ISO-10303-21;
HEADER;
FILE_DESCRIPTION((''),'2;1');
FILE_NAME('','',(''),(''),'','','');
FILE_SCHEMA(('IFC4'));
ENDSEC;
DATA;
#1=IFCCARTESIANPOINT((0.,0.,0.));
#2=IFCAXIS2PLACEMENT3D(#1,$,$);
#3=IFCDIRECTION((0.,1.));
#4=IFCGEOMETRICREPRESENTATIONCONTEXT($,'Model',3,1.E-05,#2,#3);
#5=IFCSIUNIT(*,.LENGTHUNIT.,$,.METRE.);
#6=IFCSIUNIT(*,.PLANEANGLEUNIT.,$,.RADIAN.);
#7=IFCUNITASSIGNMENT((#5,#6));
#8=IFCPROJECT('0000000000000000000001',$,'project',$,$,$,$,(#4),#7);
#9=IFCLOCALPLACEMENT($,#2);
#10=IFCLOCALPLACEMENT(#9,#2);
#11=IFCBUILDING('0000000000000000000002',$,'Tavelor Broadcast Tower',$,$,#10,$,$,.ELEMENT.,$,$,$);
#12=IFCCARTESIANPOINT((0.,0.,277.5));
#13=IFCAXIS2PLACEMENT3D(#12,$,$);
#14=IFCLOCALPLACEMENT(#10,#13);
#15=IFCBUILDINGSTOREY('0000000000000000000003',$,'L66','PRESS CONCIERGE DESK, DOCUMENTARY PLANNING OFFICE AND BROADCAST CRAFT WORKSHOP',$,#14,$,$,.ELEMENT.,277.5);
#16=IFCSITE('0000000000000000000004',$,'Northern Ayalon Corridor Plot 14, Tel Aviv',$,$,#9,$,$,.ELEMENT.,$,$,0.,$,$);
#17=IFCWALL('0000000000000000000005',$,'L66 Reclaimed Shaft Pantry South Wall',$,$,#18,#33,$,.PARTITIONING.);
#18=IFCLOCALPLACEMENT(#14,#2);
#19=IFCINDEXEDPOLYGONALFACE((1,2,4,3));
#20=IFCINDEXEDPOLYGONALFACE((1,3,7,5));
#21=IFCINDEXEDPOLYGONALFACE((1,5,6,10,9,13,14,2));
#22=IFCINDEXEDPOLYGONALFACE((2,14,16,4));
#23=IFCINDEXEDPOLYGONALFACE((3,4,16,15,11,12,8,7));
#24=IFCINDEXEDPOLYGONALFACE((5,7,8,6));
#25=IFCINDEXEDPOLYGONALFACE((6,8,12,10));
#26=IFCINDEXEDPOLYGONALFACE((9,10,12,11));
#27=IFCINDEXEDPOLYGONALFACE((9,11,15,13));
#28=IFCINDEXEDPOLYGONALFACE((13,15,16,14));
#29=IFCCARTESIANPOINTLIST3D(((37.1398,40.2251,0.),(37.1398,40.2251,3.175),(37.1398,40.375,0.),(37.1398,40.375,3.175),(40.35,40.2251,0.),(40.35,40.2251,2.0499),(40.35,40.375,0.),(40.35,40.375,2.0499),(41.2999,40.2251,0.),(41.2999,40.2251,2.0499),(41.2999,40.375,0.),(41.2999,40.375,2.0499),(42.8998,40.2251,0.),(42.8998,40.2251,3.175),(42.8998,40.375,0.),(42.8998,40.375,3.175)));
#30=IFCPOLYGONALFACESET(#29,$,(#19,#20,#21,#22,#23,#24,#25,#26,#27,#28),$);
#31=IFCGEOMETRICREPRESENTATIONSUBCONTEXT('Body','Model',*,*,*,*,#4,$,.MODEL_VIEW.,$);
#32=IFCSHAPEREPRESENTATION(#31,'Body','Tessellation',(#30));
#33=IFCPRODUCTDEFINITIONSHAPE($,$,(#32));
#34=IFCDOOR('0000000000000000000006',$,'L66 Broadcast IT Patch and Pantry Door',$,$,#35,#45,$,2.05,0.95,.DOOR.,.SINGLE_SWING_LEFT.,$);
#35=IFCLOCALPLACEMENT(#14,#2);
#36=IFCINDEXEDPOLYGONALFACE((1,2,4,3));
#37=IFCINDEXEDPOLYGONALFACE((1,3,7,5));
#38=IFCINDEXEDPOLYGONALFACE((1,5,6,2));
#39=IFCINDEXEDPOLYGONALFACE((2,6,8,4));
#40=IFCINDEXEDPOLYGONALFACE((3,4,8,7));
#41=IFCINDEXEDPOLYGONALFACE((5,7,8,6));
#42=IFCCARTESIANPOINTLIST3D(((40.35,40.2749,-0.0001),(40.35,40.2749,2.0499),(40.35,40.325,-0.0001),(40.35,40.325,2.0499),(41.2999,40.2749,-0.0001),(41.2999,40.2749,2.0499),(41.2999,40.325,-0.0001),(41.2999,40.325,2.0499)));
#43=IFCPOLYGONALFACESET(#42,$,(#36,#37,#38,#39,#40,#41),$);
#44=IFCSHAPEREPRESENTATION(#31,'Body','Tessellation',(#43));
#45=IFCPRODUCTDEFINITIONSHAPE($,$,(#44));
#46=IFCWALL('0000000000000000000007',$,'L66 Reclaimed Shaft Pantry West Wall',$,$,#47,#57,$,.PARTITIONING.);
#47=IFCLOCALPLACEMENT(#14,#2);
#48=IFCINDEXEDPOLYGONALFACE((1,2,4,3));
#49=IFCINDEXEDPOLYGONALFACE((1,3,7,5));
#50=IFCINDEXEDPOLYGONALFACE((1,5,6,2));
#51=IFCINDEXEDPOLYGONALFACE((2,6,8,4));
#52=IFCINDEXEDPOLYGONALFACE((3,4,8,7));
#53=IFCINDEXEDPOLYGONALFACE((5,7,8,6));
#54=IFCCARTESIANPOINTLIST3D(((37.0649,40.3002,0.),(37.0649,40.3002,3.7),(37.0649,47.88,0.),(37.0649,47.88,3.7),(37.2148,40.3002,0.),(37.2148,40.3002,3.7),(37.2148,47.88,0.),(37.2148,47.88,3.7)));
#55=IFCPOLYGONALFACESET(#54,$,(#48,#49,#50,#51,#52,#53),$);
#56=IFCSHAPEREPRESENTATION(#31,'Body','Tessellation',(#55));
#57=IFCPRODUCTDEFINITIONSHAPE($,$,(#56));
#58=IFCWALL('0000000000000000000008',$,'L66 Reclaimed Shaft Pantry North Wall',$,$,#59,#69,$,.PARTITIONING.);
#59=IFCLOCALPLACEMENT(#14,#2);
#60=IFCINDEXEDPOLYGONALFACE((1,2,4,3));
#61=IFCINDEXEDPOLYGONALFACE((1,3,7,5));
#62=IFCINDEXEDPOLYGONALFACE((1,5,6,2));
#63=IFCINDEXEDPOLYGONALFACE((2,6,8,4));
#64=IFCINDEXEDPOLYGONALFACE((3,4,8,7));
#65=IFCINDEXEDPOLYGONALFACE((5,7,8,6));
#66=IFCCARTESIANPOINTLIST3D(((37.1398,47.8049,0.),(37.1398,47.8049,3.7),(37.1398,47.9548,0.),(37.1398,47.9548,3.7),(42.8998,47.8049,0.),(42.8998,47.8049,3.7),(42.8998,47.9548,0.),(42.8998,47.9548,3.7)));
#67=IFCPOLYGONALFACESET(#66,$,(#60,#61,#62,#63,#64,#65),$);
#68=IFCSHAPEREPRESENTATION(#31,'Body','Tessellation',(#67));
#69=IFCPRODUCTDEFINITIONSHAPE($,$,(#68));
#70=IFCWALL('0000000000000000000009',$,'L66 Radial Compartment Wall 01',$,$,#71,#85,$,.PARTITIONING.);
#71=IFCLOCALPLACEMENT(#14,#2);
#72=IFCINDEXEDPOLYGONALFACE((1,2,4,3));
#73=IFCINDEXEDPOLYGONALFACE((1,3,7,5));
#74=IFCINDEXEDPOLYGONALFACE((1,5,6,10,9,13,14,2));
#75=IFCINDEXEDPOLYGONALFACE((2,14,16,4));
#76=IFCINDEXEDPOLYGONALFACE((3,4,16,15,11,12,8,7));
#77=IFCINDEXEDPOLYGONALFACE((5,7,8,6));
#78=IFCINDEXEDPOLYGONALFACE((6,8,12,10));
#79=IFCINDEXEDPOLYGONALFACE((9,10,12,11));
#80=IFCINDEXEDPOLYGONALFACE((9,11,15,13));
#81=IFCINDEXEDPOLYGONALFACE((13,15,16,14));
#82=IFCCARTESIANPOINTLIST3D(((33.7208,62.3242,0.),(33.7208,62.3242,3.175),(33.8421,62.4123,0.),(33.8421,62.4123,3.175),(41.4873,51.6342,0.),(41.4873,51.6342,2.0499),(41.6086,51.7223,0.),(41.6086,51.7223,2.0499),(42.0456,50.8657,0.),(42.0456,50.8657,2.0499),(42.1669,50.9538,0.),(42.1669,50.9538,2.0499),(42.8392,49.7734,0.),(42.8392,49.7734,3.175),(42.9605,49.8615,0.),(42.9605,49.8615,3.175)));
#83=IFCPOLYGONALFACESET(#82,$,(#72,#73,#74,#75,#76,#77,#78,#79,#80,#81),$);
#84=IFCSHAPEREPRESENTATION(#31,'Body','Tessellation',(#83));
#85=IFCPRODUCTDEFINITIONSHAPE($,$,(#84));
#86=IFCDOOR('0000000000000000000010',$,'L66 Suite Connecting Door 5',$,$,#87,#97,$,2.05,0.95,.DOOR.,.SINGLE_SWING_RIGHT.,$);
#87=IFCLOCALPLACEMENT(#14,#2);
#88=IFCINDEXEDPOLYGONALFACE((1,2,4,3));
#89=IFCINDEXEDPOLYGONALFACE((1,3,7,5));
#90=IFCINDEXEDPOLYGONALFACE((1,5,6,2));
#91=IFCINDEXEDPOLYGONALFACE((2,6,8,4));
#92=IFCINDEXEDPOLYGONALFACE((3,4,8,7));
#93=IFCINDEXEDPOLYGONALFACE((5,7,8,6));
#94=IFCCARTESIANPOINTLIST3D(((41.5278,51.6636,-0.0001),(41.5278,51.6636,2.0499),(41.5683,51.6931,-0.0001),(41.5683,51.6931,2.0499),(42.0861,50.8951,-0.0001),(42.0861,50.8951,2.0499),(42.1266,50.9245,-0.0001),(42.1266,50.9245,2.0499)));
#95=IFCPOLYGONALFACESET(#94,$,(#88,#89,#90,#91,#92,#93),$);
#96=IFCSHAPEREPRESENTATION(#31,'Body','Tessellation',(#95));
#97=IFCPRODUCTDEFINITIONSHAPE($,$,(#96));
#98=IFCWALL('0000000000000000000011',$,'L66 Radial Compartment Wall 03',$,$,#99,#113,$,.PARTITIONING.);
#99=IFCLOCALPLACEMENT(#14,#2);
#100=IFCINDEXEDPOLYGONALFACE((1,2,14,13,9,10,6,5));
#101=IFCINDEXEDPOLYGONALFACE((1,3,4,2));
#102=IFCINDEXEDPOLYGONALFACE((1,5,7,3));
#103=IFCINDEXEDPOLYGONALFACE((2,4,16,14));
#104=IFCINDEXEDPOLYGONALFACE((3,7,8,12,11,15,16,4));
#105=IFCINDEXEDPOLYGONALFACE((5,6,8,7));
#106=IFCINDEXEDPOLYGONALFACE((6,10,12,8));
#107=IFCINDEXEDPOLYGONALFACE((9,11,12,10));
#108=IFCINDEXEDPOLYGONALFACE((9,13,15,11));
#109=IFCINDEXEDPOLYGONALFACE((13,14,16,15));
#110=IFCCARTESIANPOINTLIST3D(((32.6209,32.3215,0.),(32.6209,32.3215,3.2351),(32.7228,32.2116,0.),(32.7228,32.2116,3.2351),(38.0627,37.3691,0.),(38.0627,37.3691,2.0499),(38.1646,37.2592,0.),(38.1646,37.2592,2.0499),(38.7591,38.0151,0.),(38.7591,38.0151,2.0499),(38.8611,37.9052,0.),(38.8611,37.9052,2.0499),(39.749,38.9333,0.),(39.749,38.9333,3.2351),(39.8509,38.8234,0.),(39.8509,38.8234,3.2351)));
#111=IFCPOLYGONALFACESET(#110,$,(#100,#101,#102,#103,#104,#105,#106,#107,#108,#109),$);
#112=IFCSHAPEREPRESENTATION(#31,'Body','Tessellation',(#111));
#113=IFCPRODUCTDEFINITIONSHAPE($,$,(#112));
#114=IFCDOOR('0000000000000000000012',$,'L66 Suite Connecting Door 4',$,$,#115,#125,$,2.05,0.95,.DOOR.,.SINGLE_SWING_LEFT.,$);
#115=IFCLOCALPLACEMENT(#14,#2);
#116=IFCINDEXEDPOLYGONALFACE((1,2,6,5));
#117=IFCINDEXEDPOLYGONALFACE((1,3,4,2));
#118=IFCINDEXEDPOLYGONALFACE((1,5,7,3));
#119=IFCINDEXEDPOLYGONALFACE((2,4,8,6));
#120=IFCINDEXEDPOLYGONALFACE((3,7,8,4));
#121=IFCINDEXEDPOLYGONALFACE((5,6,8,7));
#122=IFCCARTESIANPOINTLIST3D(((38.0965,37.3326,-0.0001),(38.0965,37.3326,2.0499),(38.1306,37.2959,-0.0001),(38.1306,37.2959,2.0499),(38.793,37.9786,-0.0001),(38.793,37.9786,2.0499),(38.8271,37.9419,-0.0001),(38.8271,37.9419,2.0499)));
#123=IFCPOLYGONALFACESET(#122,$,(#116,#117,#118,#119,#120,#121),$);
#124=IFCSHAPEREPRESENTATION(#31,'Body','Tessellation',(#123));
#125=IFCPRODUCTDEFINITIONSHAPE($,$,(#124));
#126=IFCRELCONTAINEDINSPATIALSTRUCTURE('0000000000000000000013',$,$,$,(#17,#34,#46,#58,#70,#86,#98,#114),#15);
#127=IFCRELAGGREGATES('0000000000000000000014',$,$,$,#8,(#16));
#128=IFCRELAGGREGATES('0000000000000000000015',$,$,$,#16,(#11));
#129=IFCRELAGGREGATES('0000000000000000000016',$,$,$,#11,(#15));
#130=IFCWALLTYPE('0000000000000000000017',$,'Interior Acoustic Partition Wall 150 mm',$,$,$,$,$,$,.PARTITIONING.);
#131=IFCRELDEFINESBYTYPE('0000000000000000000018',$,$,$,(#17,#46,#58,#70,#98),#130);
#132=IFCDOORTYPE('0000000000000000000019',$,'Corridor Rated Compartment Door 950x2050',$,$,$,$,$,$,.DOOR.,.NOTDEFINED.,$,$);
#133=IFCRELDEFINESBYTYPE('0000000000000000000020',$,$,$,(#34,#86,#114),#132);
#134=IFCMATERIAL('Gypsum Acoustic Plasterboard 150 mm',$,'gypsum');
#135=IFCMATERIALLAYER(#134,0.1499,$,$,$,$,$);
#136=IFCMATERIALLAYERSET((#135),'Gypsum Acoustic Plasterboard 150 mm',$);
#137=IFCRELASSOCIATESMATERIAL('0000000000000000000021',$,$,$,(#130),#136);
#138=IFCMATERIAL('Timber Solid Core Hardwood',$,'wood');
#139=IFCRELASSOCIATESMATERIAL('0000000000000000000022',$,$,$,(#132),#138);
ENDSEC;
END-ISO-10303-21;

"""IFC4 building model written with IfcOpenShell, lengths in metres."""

from ifc_helpers import new_model, si_unit, direction, frame, frame_2d, origin, place, context, subcontext, project, spatial, rectangle, extrude, material, layer, layer_set, type_object, element, fill, save


model = new_model("IFC4")

# Units and contexts
model_context = context("Model", 3, precision=1e-05, world=origin(), true_north=direction((0.0, 1.0)))
body_context = subcontext(model_context, "Body", "Model", "MODEL_VIEW")
ifc_project = project(units=[si_unit("LENGTHUNIT", "METRE"), si_unit("PLANEANGLEUNIT", "RADIAN")], contexts=[model_context])

# Site, building, storey
site_placement = place(None, origin())
site = spatial("IfcSite", under=ifc_project, at=site_placement, Name="Northern Ayalon Corridor Plot 14, Tel Aviv", CompositionType="ELEMENT", RefElevation=0.0)
building_placement = place(site_placement, origin())
building = spatial("IfcBuilding", under=site, at=building_placement, Name="Tavelor Broadcast Tower", CompositionType="ELEMENT")
storey_placement = place(building_placement, frame((0.0, 0.0, 277.5)))
storey = spatial("IfcBuildingStorey", under=building, at=storey_placement, Name="L66", Description="PRESS CONCIERGE DESK, DOCUMENTARY PLANNING OFFICE AND BROADCAST CRAFT WORKSHOP", CompositionType="ELEMENT", Elevation=277.5)

# Shared definitions
ifc_material_1 = material(Name="Gypsum Acoustic Plasterboard 150 mm", Category="gypsum")
ifc_layer_1 = layer(ifc_material_1, 0.1499)
ifc_layer_set_1 = layer_set([ifc_layer_1], Name="Gypsum Acoustic Plasterboard 150 mm")
wall_type_1 = type_object("IfcWallType", Name="Interior Acoustic Partition Wall 150 mm", PredefinedType="PARTITIONING", material=ifc_layer_set_1)

# Wall, opening, door
wall_1_placement = place(storey_placement, frame((37.1399, 40.3, 0.0), z_axis=(0.0, 0.0, 1.0), x_axis=(1.0, 0.0, 0.0)))
wall_1 = element("IfcWall", 1, at=wall_1_placement, inside=storey, type_object=wall_type_1, Name="L66 Reclaimed Shaft Pantry South Wall", PredefinedType="PARTITIONING", context=body_context, shape_type="SweptSolid", body=[
    extrude(rectangle(XDim=5.76, YDim=0.1499, at=frame_2d((2.8799, 0.0))), origin(), (0.0, 0.0, 1.0), 3.175),
])
opening_1_placement = place(wall_1_placement, frame((3.21, 0.0, 0.0)))
opening_1 = element("IfcOpeningElement", 2, at=opening_1_placement, cuts=wall_1, PredefinedType="OPENING", context=body_context, shape_type="SweptSolid", body=[
    extrude(rectangle(XDim=0.95, YDim=2.05, at=frame_2d((0.4751, 1.0249))), frame((0.0, 0.085, 0.0), z_axis=(0.0, -1.0, 0.0), x_axis=(1.0, 0.0, 0.0)), (0.0, 0.0, 1.0), 0.1699),
])
ifc_material_2 = material(Name="Timber Solid Core Hardwood", Category="wood")
door_type_1 = type_object("IfcDoorType", Name="Corridor Rated Compartment Door 950x2050", OperationType="NOTDEFINED", PredefinedType="DOOR", material=ifc_material_2)
door_1_placement = place(opening_1_placement, origin())
door_1 = element("IfcDoor", 3, at=door_1_placement, inside=storey, type_object=door_type_1, Name="L66 Broadcast IT Patch and Pantry Door", OperationType="SINGLE_SWING_LEFT", OverallHeight=2.05, OverallWidth=0.95, PredefinedType="DOOR", context=body_context, shape_type="SweptSolid", body=[
    extrude(rectangle(XDim=0.95, YDim=2.05, at=frame_2d((0.4751, 1.0249))), frame((0.0, 0.0249, 0.0), z_axis=(0.0, -1.0, 0.0), x_axis=(1.0, 0.0, 0.0)), (0.0, 0.0, 1.0), 0.05),
])
fill(opening_1, door_1)

# Walls
wall_2_placement = place(storey_placement, frame((37.1399, 40.3, 0.0), z_axis=(0.0, 0.0, 1.0), x_axis=(0.0, 1.0, 0.0)))
element("IfcWall", 4, at=wall_2_placement, inside=storey, type_object=wall_type_1, Name="L66 Reclaimed Shaft Pantry West Wall", PredefinedType="PARTITIONING", context=body_context, shape_type="SweptSolid", body=[
    extrude(rectangle(XDim=7.5798, YDim=0.1499, at=frame_2d((3.79, 0.0))), origin(), (0.0, 0.0, 1.0), 3.7),
])
wall_3_placement = place(storey_placement, frame((37.1399, 47.8799, 0.0), z_axis=(0.0, 0.0, 1.0), x_axis=(1.0, 0.0, 0.0)))
element("IfcWall", 5, at=wall_3_placement, inside=storey, type_object=wall_type_1, Name="L66 Reclaimed Shaft Pantry North Wall", PredefinedType="PARTITIONING", context=body_context, shape_type="SweptSolid", body=[
    extrude(rectangle(XDim=5.76, YDim=0.1499, at=frame_2d((2.8799, 0.0))), origin(), (0.0, 0.0, 1.0), 3.7),
])

# Walls, openings, doors
wall_4_placement = place(storey_placement, frame((42.8999, 49.8174, 0.0), z_axis=(0.0, 0.0, 1.0), x_axis=(-0.587774, 0.809025, 0.0)))
wall_4 = element("IfcWall", 6, at=wall_4_placement, inside=storey, type_object=wall_type_1, Name="L66 Radial Compartment Wall 01", PredefinedType="PARTITIONING", context=body_context, shape_type="SweptSolid", body=[
    extrude(rectangle(XDim=15.5134, YDim=0.1499, at=frame_2d((7.7568, 0.0))), origin(), (0.0, 0.0, 1.0), 3.175),
])
opening_2_placement = place(wall_4_placement, frame((1.3501, 0.0, 0.0)))
opening_2 = element("IfcOpeningElement", 7, at=opening_2_placement, cuts=wall_4, PredefinedType="OPENING", context=body_context, shape_type="SweptSolid", body=[
    extrude(rectangle(XDim=0.95, YDim=2.05, at=frame_2d((0.4751, 1.0249))), frame((0.0, 0.085, 0.0), z_axis=(0.0, -1.0, 0.0), x_axis=(1.0, 0.0, 0.0)), (0.0, 0.0, 1.0), 0.1699),
])
door_2_placement = place(opening_2_placement, origin())
door_2 = element("IfcDoor", 8, at=door_2_placement, inside=storey, type_object=door_type_1, Name="L66 Suite Connecting Door 5", OperationType="SINGLE_SWING_RIGHT", OverallHeight=2.05, OverallWidth=0.95, PredefinedType="DOOR", context=body_context, shape_type="SweptSolid", body=[
    extrude(rectangle(XDim=0.95, YDim=2.05, at=frame_2d((0.4751, 1.0249))), frame((0.0, 0.0249, 0.0), z_axis=(0.0, -1.0, 0.0), x_axis=(1.0, 0.0, 0.0)), (0.0, 0.0, 1.0), 0.05),
])
fill(opening_2, door_2)
wall_5_placement = place(storey_placement, frame((39.8, 38.8784, 0.0), z_axis=(0.0, 0.0, 1.0), x_axis=(-0.733163, -0.680053, 0.0)))
wall_5 = element("IfcWall", 9, at=wall_5_placement, inside=storey, type_object=wall_type_1, Name="L66 Radial Compartment Wall 03", PredefinedType="PARTITIONING", context=body_context, shape_type="SweptSolid", body=[
    extrude(rectangle(XDim=9.7224, YDim=0.1499, at=frame_2d((4.8613, 0.0))), origin(), (0.0, 0.0, 1.0), 3.2351),
])
opening_3_placement = place(wall_5_placement, frame((1.3501, 0.0, 0.0)))
opening_3 = element("IfcOpeningElement", 10, at=opening_3_placement, cuts=wall_5, PredefinedType="OPENING", context=body_context, shape_type="SweptSolid", body=[
    extrude(rectangle(XDim=0.95, YDim=2.05, at=frame_2d((0.4751, 1.0249))), frame((0.0, 0.085, 0.0), z_axis=(0.0, -1.0, 0.0), x_axis=(1.0, 0.0, 0.0)), (0.0, 0.0, 1.0), 0.1699),
])
door_3_placement = place(opening_3_placement, origin())
door_3 = element("IfcDoor", 11, at=door_3_placement, inside=storey, type_object=door_type_1, Name="L66 Suite Connecting Door 4", OperationType="SINGLE_SWING_LEFT", OverallHeight=2.05, OverallWidth=0.95, PredefinedType="DOOR", context=body_context, shape_type="SweptSolid", body=[
    extrude(rectangle(XDim=0.95, YDim=2.05, at=frame_2d((0.4751, 1.0249))), frame((0.0, 0.0249, 0.0), z_axis=(0.0, -1.0, 0.0), x_axis=(1.0, 0.0, 0.0)), (0.0, 0.0, 1.0), 0.05),
])
fill(opening_3, door_3)

save(model, "model.ifc")
